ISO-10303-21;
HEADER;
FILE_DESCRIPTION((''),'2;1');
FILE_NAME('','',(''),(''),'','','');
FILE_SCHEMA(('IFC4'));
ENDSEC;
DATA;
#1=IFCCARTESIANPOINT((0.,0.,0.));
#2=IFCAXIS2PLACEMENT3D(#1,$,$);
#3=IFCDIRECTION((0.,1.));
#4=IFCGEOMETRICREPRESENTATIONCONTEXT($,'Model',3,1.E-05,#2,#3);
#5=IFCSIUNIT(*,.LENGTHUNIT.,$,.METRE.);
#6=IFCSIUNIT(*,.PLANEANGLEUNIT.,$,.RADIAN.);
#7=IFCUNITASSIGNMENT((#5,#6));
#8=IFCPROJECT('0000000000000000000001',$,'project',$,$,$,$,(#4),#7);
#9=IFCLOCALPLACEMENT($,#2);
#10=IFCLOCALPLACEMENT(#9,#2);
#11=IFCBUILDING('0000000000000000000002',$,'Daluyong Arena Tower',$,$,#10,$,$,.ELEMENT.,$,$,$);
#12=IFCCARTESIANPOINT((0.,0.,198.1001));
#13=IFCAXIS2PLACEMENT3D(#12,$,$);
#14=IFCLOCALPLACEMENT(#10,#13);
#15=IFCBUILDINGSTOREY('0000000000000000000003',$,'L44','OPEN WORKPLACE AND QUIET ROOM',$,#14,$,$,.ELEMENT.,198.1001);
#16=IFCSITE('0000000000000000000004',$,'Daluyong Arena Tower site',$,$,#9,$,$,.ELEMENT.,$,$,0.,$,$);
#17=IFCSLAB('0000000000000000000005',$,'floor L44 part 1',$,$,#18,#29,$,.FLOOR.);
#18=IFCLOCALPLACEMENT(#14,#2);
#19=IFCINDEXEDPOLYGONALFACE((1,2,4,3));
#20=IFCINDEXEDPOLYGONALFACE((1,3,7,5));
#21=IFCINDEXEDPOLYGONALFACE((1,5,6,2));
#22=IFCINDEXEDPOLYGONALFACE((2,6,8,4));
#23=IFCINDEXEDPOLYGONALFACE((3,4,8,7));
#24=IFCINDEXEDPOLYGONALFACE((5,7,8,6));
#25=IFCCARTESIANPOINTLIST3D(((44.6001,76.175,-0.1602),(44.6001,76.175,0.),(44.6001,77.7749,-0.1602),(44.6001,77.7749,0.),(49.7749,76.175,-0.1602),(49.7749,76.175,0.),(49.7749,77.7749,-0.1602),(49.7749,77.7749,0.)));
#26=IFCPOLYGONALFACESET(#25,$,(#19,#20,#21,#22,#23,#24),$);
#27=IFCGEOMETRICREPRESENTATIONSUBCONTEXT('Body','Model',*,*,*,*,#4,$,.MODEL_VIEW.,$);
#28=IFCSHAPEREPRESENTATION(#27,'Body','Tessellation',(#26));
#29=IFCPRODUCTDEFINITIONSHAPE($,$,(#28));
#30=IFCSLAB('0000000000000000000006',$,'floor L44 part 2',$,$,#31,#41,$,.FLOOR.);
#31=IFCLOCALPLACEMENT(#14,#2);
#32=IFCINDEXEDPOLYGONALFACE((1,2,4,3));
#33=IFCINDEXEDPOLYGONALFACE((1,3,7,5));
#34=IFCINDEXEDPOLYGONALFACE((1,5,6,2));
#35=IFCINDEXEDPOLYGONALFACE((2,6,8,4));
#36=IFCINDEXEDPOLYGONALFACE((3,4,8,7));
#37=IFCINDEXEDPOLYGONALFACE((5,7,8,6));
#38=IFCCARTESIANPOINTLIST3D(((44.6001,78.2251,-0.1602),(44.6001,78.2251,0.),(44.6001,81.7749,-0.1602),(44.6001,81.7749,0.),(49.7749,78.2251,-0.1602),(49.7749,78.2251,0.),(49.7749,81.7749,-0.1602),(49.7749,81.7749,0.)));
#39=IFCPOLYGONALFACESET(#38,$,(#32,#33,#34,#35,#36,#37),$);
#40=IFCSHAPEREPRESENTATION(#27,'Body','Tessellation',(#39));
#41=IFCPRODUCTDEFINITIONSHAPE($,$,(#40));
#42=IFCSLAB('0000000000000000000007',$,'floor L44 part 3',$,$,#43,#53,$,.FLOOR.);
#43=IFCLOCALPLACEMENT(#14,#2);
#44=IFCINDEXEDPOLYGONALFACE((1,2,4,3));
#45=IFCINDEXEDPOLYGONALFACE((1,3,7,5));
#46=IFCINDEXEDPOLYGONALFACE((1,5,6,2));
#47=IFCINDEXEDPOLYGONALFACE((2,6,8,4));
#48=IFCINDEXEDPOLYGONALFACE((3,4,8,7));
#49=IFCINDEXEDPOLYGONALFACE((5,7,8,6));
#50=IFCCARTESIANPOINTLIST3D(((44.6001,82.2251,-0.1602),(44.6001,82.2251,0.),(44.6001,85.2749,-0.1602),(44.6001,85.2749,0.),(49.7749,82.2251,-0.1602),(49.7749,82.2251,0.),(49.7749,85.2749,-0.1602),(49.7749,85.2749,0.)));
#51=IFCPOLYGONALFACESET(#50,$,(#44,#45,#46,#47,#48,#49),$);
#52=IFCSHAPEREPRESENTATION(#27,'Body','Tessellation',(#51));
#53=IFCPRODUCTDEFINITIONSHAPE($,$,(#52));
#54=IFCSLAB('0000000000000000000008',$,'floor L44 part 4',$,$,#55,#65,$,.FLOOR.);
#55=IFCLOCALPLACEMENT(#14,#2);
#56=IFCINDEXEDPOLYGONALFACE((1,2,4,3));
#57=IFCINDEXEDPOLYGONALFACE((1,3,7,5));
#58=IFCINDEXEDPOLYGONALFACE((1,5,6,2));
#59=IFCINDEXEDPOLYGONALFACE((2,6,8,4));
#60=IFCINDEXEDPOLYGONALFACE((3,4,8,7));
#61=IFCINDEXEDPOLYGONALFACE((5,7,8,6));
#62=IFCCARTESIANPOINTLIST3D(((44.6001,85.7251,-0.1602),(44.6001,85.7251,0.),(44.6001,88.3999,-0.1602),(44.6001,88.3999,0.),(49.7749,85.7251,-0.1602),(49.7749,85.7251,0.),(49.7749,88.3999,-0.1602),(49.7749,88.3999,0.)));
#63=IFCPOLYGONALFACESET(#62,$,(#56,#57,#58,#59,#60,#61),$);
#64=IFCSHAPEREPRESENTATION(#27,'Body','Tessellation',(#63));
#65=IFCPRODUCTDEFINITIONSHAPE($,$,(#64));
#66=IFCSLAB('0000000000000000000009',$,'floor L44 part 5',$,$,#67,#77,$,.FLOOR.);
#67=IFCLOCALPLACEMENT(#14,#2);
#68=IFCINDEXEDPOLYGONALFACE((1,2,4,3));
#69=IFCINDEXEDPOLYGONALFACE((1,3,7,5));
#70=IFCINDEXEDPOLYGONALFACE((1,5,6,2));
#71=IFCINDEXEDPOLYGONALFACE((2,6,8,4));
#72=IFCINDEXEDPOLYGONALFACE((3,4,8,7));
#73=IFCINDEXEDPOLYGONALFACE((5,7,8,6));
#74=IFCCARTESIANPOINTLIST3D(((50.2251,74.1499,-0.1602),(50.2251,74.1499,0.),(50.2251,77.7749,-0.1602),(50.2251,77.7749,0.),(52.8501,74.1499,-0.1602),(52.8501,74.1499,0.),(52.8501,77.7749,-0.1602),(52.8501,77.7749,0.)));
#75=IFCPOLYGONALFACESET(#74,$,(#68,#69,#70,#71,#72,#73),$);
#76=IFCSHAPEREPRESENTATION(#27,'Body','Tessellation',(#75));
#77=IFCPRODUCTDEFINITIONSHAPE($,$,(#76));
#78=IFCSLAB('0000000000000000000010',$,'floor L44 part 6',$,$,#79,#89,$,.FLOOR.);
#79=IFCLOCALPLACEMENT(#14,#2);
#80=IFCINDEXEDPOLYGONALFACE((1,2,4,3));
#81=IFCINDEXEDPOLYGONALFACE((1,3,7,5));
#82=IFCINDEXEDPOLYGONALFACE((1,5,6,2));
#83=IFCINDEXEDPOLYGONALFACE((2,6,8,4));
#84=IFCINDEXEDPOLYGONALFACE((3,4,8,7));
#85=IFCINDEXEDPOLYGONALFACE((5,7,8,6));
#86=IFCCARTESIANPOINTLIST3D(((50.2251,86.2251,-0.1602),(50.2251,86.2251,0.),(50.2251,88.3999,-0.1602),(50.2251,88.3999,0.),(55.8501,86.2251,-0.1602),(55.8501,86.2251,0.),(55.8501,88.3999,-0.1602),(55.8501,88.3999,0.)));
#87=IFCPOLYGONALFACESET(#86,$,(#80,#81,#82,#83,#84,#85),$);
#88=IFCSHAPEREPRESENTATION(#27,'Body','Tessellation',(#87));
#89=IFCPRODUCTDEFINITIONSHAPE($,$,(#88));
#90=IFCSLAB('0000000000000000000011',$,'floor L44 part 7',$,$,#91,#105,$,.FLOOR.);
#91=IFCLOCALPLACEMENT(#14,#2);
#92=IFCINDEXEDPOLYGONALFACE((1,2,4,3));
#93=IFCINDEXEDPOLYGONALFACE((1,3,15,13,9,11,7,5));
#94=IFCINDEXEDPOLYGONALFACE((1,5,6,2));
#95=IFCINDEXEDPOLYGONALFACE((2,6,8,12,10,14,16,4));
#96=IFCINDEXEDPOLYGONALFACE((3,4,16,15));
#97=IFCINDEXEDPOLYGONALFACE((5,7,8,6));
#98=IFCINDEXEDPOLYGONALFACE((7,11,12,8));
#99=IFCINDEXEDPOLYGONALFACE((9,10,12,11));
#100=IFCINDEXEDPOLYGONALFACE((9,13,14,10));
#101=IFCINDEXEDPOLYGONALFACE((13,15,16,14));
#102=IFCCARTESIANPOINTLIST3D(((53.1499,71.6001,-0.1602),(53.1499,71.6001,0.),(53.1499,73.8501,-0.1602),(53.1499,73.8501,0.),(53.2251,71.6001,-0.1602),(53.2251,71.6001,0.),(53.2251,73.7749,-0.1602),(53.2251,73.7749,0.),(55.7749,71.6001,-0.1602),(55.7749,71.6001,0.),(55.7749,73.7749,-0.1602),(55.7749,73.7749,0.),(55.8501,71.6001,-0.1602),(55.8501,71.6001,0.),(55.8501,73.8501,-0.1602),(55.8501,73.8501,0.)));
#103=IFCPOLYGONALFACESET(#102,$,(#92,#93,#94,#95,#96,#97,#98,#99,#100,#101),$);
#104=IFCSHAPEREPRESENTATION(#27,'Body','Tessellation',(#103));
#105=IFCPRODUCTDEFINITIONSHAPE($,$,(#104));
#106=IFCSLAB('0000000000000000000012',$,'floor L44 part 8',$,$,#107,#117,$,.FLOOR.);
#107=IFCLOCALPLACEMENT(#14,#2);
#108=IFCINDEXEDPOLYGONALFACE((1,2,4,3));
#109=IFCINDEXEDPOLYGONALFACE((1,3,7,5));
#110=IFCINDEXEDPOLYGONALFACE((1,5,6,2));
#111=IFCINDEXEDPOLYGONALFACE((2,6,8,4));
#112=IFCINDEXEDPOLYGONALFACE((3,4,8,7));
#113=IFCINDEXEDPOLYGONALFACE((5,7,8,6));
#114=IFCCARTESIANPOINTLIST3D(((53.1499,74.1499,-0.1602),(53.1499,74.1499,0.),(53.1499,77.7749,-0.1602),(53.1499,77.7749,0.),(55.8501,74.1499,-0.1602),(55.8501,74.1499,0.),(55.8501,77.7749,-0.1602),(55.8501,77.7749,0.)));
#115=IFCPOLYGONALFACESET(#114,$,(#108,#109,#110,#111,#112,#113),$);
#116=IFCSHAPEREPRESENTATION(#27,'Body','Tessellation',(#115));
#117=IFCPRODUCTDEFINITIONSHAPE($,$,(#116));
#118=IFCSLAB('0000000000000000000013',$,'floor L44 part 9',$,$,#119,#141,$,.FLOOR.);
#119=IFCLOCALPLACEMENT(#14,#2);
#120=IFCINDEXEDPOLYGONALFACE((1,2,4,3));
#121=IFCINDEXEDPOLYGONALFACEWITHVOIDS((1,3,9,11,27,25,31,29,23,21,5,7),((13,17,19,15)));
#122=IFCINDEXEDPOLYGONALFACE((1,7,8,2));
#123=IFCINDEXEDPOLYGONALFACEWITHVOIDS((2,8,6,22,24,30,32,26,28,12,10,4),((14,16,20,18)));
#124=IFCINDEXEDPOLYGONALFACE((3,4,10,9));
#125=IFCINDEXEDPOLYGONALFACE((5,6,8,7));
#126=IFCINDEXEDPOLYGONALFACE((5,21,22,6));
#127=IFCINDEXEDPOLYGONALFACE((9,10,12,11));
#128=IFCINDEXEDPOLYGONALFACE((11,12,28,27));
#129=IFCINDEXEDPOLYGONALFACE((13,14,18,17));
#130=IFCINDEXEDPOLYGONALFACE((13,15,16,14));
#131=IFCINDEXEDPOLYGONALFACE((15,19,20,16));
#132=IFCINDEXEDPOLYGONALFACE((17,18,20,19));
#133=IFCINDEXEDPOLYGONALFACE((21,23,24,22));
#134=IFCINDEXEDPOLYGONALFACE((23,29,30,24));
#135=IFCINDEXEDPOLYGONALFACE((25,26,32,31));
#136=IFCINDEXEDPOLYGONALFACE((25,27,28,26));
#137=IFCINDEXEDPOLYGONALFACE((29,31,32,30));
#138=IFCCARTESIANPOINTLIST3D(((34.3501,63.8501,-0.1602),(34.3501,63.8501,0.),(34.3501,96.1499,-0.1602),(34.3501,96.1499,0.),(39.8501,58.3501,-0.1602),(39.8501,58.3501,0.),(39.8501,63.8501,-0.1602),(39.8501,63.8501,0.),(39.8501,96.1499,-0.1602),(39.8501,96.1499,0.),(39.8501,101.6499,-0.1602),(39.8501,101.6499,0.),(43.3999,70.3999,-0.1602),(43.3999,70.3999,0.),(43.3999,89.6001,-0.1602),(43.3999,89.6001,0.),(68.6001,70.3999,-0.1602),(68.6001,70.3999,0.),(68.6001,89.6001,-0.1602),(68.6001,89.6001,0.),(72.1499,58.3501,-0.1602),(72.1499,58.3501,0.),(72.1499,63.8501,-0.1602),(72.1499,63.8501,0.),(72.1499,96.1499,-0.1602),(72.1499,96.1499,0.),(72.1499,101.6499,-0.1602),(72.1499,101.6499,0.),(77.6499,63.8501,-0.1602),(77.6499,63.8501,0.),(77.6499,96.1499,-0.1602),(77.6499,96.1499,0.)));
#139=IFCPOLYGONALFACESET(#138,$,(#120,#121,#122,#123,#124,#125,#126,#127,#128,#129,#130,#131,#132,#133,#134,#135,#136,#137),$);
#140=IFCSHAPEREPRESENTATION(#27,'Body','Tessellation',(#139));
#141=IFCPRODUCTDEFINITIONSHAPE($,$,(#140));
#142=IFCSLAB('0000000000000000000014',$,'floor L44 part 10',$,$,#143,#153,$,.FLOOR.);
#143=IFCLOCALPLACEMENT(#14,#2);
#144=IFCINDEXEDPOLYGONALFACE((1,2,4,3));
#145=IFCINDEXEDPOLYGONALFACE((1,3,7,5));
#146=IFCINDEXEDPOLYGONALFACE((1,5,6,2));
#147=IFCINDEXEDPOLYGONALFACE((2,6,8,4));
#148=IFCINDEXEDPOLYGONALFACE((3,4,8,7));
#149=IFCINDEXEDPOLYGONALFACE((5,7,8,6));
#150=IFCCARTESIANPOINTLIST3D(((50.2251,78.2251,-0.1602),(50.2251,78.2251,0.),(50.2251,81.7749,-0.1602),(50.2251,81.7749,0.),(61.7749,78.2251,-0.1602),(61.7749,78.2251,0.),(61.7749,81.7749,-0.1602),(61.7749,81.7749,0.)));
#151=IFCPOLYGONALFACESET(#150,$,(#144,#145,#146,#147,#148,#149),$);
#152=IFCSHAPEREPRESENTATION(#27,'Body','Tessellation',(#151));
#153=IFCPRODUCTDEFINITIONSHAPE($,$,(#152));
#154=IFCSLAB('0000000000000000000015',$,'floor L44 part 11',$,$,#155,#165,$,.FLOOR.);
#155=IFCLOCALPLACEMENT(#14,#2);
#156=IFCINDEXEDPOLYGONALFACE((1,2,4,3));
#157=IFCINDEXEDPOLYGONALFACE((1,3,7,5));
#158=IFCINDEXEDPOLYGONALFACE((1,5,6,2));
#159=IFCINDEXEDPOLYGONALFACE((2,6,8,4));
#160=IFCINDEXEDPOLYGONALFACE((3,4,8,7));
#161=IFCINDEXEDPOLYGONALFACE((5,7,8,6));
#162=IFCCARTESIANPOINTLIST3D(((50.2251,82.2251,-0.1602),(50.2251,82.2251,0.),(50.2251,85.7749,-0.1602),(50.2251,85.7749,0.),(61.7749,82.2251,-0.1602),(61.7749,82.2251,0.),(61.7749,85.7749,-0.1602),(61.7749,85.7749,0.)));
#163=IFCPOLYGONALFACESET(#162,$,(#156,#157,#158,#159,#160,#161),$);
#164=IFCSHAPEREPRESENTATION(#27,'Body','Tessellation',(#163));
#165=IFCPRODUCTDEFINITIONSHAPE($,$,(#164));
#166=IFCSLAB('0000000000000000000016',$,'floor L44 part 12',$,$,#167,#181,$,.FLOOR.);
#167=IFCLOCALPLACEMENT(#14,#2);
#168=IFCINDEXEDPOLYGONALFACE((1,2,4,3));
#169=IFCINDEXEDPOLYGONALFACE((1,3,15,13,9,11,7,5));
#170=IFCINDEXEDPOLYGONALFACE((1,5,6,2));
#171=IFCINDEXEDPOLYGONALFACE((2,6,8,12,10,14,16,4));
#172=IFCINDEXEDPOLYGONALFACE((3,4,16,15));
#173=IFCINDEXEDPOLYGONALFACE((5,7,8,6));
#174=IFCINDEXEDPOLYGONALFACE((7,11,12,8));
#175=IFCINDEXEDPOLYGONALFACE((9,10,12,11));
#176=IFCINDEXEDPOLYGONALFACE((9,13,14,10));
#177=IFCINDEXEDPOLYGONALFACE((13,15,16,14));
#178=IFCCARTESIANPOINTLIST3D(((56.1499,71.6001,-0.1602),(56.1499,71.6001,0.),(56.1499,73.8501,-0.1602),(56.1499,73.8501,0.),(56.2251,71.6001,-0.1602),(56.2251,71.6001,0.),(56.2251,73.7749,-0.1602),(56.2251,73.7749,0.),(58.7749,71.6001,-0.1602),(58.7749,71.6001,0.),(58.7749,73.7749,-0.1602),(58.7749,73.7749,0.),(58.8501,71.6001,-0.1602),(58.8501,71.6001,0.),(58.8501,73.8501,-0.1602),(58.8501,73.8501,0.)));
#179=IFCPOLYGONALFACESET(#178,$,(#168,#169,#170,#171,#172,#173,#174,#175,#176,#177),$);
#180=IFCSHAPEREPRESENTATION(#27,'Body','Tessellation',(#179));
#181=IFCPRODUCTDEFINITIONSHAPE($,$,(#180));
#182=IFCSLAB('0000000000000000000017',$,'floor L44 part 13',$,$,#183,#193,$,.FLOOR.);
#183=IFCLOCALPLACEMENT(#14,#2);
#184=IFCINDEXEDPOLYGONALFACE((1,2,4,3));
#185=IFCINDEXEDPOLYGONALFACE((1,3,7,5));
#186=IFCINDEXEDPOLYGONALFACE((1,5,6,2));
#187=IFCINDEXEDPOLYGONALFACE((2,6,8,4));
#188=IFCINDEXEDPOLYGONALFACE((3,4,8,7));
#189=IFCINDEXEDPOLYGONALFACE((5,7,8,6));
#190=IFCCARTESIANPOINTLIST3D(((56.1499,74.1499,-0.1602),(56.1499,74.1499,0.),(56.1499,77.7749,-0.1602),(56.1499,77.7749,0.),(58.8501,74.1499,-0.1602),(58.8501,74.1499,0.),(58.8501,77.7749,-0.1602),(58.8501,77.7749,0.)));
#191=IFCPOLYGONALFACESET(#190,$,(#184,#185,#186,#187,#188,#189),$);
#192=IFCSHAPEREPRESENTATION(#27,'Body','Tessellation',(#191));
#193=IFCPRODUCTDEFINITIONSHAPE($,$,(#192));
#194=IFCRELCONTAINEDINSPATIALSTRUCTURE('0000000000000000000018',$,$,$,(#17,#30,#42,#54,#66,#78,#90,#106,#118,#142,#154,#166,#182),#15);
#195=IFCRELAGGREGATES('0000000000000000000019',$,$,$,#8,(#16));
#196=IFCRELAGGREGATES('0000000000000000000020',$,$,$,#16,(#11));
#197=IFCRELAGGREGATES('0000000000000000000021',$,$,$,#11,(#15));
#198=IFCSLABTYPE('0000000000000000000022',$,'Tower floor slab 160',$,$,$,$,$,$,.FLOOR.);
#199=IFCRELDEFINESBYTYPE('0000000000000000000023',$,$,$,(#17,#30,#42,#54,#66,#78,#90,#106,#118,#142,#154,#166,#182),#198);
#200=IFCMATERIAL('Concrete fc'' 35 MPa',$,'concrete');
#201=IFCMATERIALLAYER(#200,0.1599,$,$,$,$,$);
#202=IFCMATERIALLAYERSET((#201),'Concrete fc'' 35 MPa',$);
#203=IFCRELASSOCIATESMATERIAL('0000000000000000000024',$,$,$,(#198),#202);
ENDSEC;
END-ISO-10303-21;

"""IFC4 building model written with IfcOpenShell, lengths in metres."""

from ifc_helpers import new_model, si_unit, direction, frame, origin, place, context, subcontext, project, spatial, polyline, outline, extrude, material, layer, layer_set, type_object, element, save


model = new_model("IFC4")

# Units and contexts
model_context = context("Model", 3, precision=1e-05, world=origin(), true_north=direction((0.0, 1.0)))
body_context = subcontext(model_context, "Body", "Model", "MODEL_VIEW")
ifc_project = project(units=[si_unit("LENGTHUNIT", "METRE"), si_unit("PLANEANGLEUNIT", "RADIAN")], contexts=[model_context])

# Site, building, storey
site_placement = place(None, origin())
site = spatial("IfcSite", under=ifc_project, at=site_placement, Name="Daluyong Arena Tower site", CompositionType="ELEMENT", RefElevation=0.0)
building_placement = place(site_placement, origin())
building = spatial("IfcBuilding", under=site, at=building_placement, Name="Daluyong Arena Tower", CompositionType="ELEMENT")
storey_placement = place(building_placement, frame((0.0, 0.0, 198.1001)))
storey = spatial("IfcBuildingStorey", under=building, at=storey_placement, Name="L44", Description="OPEN WORKPLACE AND QUIET ROOM", CompositionType="ELEMENT", Elevation=198.1001)

# Slabs
ifc_material_1 = material(Name="Concrete fc' 35 MPa", Category="concrete")
ifc_layer_1 = layer(ifc_material_1, 0.1599)
ifc_layer_set_1 = layer_set([ifc_layer_1], Name="Concrete fc' 35 MPa")
slab_type = type_object("IfcSlabType", Name="Tower floor slab 160", PredefinedType="FLOOR", material=ifc_layer_set_1)
slab_1_placement = place(storey_placement, frame((0.0, 0.0, -0.1602)))
element("IfcSlab", 1, at=slab_1_placement, inside=storey, type_object=slab_type, Name="floor L44 part 1", PredefinedType="FLOOR", context=body_context, shape_type="SweptSolid", body=[
    extrude(outline(polyline([(49.7749, 77.7749), (44.6001, 77.7749), (44.6001, 76.175), (49.7749, 76.175), (49.7749, 77.7749)])), origin(), (0.0, 0.0, 1.0), 0.1602),
])
slab_2_placement = place(storey_placement, frame((0.0, 0.0, -0.1602)))
element("IfcSlab", 2, at=slab_2_placement, inside=storey, type_object=slab_type, Name="floor L44 part 2", PredefinedType="FLOOR", context=body_context, shape_type="SweptSolid", body=[
    extrude(outline(polyline([(49.7749, 78.2251), (49.7749, 81.7749), (44.6001, 81.7749), (44.6001, 78.2251), (49.7749, 78.2251)])), origin(), (0.0, 0.0, 1.0), 0.1602),
])
slab_3_placement = place(storey_placement, frame((0.0, 0.0, -0.1602)))
element("IfcSlab", 3, at=slab_3_placement, inside=storey, type_object=slab_type, Name="floor L44 part 3", PredefinedType="FLOOR", context=body_context, shape_type="SweptSolid", body=[
    extrude(outline(polyline([(44.6001, 85.2749), (44.6001, 82.2251), (49.7749, 82.2251), (49.7749, 85.2749), (44.6001, 85.2749)])), origin(), (0.0, 0.0, 1.0), 0.1602),
])
slab_4_placement = place(storey_placement, frame((0.0, 0.0, -0.1602)))
element("IfcSlab", 4, at=slab_4_placement, inside=storey, type_object=slab_type, Name="floor L44 part 4", PredefinedType="FLOOR", context=body_context, shape_type="SweptSolid", body=[
    extrude(outline(polyline([(44.6001, 88.3999), (44.6001, 85.7251), (49.7749, 85.7251), (49.7749, 88.3999), (44.6001, 88.3999)])), origin(), (0.0, 0.0, 1.0), 0.1602),
])
slab_5_placement = place(storey_placement, frame((0.0, 0.0, -0.1602)))
element("IfcSlab", 5, at=slab_5_placement, inside=storey, type_object=slab_type, Name="floor L44 part 5", PredefinedType="FLOOR", context=body_context, shape_type="SweptSolid", body=[
    extrude(outline(polyline([(52.8501, 74.1499), (52.8501, 77.7749), (50.2251, 77.7749), (50.2251, 74.1499), (52.8501, 74.1499)])), origin(), (0.0, 0.0, 1.0), 0.1602),
])
slab_6_placement = place(storey_placement, frame((0.0, 0.0, -0.1602)))
element("IfcSlab", 6, at=slab_6_placement, inside=storey, type_object=slab_type, Name="floor L44 part 6", PredefinedType="FLOOR", context=body_context, shape_type="SweptSolid", body=[
    extrude(outline(polyline([(50.2251, 88.3999), (50.2251, 86.2251), (55.8501, 86.2251), (55.8501, 88.3999), (50.2251, 88.3999)])), origin(), (0.0, 0.0, 1.0), 0.1602),
])
slab_7_placement = place(storey_placement, frame((0.0, 0.0, -0.1602)))
element("IfcSlab", 7, at=slab_7_placement, inside=storey, type_object=slab_type, Name="floor L44 part 7", PredefinedType="FLOOR", context=body_context, shape_type="SweptSolid", body=[
    extrude(outline(polyline([(53.2251, 71.6001), (53.2251, 73.7749), (55.7749, 73.7749), (55.7749, 71.6001), (55.8501, 71.6001), (55.8501, 73.8501), (53.1499, 73.8501), (53.1499, 71.6001), (53.2251, 71.6001)])), origin(), (0.0, 0.0, 1.0), 0.1602),
])
slab_8_placement = place(storey_placement, frame((0.0, 0.0, -0.1602)))
element("IfcSlab", 8, at=slab_8_placement, inside=storey, type_object=slab_type, Name="floor L44 part 8", PredefinedType="FLOOR", context=body_context, shape_type="SweptSolid", body=[
    extrude(outline(polyline([(53.1499, 74.1499), (55.8501, 74.1499), (55.8501, 77.7749), (53.1499, 77.7749), (53.1499, 74.1499)])), origin(), (0.0, 0.0, 1.0), 0.1602),
])
slab_9_placement = place(storey_placement, frame((0.0, 0.0, -0.1602)))
element("IfcSlab", 9, at=slab_9_placement, inside=storey, type_object=slab_type, Name="floor L44 part 9", PredefinedType="FLOOR", context=body_context, shape_type="SweptSolid", body=[
    extrude(outline(polyline([(39.8501, 63.8501), (39.8501, 58.3501), (72.1499, 58.3501), (72.1499, 63.8501), (77.6499, 63.8501), (77.6499, 96.1499), (72.1499, 96.1499), (72.1499, 101.6499), (39.8501, 101.6499), (39.8501, 96.1499), (34.3501, 96.1499), (34.3501, 63.8501), (39.8501, 63.8501)]), holes=[polyline([(68.6001, 89.6001), (68.6001, 70.3999), (43.3999, 70.3999), (43.3999, 89.6001), (68.6001, 89.6001)])]), origin(), (0.0, 0.0, 1.0), 0.1602),
])
slab_10_placement = place(storey_placement, frame((0.0, 0.0, -0.1602)))
element("IfcSlab", 10, at=slab_10_placement, inside=storey, type_object=slab_type, Name="floor L44 part 10", PredefinedType="FLOOR", context=body_context, shape_type="SweptSolid", body=[
    extrude(outline(polyline([(50.2251, 81.7749), (50.2251, 78.2251), (61.7749, 78.2251), (61.7749, 81.7749), (50.2251, 81.7749)])), origin(), (0.0, 0.0, 1.0), 0.1602),
])
slab_11_placement = place(storey_placement, frame((0.0, 0.0, -0.1602)))
element("IfcSlab", 11, at=slab_11_placement, inside=storey, type_object=slab_type, Name="floor L44 part 11", PredefinedType="FLOOR", context=body_context, shape_type="SweptSolid", body=[
    extrude(outline(polyline([(50.2251, 85.7749), (50.2251, 82.2251), (61.7749, 82.2251), (61.7749, 85.7749), (50.2251, 85.7749)])), origin(), (0.0, 0.0, 1.0), 0.1602),
])
slab_12_placement = place(storey_placement, frame((0.0, 0.0, -0.1602)))
element("IfcSlab", 12, at=slab_12_placement, inside=storey, type_object=slab_type, Name="floor L44 part 12", PredefinedType="FLOOR", context=body_context, shape_type="SweptSolid", body=[
    extrude(outline(polyline([(56.2251, 71.6001), (56.2251, 73.7749), (58.7749, 73.7749), (58.7749, 71.6001), (58.8501, 71.6001), (58.8501, 73.8501), (56.1499, 73.8501), (56.1499, 71.6001), (56.2251, 71.6001)])), origin(), (0.0, 0.0, 1.0), 0.1602),
])
slab_13_placement = place(storey_placement, frame((0.0, 0.0, -0.1602)))
element("IfcSlab", 13, at=slab_13_placement, inside=storey, type_object=slab_type, Name="floor L44 part 13", PredefinedType="FLOOR", context=body_context, shape_type="SweptSolid", body=[
    extrude(outline(polyline([(58.8501, 77.7749), (56.1499, 77.7749), (56.1499, 74.1499), (58.8501, 74.1499), (58.8501, 77.7749)])), origin(), (0.0, 0.0, 1.0), 0.1602),
])

save(model, "model.ifc")
